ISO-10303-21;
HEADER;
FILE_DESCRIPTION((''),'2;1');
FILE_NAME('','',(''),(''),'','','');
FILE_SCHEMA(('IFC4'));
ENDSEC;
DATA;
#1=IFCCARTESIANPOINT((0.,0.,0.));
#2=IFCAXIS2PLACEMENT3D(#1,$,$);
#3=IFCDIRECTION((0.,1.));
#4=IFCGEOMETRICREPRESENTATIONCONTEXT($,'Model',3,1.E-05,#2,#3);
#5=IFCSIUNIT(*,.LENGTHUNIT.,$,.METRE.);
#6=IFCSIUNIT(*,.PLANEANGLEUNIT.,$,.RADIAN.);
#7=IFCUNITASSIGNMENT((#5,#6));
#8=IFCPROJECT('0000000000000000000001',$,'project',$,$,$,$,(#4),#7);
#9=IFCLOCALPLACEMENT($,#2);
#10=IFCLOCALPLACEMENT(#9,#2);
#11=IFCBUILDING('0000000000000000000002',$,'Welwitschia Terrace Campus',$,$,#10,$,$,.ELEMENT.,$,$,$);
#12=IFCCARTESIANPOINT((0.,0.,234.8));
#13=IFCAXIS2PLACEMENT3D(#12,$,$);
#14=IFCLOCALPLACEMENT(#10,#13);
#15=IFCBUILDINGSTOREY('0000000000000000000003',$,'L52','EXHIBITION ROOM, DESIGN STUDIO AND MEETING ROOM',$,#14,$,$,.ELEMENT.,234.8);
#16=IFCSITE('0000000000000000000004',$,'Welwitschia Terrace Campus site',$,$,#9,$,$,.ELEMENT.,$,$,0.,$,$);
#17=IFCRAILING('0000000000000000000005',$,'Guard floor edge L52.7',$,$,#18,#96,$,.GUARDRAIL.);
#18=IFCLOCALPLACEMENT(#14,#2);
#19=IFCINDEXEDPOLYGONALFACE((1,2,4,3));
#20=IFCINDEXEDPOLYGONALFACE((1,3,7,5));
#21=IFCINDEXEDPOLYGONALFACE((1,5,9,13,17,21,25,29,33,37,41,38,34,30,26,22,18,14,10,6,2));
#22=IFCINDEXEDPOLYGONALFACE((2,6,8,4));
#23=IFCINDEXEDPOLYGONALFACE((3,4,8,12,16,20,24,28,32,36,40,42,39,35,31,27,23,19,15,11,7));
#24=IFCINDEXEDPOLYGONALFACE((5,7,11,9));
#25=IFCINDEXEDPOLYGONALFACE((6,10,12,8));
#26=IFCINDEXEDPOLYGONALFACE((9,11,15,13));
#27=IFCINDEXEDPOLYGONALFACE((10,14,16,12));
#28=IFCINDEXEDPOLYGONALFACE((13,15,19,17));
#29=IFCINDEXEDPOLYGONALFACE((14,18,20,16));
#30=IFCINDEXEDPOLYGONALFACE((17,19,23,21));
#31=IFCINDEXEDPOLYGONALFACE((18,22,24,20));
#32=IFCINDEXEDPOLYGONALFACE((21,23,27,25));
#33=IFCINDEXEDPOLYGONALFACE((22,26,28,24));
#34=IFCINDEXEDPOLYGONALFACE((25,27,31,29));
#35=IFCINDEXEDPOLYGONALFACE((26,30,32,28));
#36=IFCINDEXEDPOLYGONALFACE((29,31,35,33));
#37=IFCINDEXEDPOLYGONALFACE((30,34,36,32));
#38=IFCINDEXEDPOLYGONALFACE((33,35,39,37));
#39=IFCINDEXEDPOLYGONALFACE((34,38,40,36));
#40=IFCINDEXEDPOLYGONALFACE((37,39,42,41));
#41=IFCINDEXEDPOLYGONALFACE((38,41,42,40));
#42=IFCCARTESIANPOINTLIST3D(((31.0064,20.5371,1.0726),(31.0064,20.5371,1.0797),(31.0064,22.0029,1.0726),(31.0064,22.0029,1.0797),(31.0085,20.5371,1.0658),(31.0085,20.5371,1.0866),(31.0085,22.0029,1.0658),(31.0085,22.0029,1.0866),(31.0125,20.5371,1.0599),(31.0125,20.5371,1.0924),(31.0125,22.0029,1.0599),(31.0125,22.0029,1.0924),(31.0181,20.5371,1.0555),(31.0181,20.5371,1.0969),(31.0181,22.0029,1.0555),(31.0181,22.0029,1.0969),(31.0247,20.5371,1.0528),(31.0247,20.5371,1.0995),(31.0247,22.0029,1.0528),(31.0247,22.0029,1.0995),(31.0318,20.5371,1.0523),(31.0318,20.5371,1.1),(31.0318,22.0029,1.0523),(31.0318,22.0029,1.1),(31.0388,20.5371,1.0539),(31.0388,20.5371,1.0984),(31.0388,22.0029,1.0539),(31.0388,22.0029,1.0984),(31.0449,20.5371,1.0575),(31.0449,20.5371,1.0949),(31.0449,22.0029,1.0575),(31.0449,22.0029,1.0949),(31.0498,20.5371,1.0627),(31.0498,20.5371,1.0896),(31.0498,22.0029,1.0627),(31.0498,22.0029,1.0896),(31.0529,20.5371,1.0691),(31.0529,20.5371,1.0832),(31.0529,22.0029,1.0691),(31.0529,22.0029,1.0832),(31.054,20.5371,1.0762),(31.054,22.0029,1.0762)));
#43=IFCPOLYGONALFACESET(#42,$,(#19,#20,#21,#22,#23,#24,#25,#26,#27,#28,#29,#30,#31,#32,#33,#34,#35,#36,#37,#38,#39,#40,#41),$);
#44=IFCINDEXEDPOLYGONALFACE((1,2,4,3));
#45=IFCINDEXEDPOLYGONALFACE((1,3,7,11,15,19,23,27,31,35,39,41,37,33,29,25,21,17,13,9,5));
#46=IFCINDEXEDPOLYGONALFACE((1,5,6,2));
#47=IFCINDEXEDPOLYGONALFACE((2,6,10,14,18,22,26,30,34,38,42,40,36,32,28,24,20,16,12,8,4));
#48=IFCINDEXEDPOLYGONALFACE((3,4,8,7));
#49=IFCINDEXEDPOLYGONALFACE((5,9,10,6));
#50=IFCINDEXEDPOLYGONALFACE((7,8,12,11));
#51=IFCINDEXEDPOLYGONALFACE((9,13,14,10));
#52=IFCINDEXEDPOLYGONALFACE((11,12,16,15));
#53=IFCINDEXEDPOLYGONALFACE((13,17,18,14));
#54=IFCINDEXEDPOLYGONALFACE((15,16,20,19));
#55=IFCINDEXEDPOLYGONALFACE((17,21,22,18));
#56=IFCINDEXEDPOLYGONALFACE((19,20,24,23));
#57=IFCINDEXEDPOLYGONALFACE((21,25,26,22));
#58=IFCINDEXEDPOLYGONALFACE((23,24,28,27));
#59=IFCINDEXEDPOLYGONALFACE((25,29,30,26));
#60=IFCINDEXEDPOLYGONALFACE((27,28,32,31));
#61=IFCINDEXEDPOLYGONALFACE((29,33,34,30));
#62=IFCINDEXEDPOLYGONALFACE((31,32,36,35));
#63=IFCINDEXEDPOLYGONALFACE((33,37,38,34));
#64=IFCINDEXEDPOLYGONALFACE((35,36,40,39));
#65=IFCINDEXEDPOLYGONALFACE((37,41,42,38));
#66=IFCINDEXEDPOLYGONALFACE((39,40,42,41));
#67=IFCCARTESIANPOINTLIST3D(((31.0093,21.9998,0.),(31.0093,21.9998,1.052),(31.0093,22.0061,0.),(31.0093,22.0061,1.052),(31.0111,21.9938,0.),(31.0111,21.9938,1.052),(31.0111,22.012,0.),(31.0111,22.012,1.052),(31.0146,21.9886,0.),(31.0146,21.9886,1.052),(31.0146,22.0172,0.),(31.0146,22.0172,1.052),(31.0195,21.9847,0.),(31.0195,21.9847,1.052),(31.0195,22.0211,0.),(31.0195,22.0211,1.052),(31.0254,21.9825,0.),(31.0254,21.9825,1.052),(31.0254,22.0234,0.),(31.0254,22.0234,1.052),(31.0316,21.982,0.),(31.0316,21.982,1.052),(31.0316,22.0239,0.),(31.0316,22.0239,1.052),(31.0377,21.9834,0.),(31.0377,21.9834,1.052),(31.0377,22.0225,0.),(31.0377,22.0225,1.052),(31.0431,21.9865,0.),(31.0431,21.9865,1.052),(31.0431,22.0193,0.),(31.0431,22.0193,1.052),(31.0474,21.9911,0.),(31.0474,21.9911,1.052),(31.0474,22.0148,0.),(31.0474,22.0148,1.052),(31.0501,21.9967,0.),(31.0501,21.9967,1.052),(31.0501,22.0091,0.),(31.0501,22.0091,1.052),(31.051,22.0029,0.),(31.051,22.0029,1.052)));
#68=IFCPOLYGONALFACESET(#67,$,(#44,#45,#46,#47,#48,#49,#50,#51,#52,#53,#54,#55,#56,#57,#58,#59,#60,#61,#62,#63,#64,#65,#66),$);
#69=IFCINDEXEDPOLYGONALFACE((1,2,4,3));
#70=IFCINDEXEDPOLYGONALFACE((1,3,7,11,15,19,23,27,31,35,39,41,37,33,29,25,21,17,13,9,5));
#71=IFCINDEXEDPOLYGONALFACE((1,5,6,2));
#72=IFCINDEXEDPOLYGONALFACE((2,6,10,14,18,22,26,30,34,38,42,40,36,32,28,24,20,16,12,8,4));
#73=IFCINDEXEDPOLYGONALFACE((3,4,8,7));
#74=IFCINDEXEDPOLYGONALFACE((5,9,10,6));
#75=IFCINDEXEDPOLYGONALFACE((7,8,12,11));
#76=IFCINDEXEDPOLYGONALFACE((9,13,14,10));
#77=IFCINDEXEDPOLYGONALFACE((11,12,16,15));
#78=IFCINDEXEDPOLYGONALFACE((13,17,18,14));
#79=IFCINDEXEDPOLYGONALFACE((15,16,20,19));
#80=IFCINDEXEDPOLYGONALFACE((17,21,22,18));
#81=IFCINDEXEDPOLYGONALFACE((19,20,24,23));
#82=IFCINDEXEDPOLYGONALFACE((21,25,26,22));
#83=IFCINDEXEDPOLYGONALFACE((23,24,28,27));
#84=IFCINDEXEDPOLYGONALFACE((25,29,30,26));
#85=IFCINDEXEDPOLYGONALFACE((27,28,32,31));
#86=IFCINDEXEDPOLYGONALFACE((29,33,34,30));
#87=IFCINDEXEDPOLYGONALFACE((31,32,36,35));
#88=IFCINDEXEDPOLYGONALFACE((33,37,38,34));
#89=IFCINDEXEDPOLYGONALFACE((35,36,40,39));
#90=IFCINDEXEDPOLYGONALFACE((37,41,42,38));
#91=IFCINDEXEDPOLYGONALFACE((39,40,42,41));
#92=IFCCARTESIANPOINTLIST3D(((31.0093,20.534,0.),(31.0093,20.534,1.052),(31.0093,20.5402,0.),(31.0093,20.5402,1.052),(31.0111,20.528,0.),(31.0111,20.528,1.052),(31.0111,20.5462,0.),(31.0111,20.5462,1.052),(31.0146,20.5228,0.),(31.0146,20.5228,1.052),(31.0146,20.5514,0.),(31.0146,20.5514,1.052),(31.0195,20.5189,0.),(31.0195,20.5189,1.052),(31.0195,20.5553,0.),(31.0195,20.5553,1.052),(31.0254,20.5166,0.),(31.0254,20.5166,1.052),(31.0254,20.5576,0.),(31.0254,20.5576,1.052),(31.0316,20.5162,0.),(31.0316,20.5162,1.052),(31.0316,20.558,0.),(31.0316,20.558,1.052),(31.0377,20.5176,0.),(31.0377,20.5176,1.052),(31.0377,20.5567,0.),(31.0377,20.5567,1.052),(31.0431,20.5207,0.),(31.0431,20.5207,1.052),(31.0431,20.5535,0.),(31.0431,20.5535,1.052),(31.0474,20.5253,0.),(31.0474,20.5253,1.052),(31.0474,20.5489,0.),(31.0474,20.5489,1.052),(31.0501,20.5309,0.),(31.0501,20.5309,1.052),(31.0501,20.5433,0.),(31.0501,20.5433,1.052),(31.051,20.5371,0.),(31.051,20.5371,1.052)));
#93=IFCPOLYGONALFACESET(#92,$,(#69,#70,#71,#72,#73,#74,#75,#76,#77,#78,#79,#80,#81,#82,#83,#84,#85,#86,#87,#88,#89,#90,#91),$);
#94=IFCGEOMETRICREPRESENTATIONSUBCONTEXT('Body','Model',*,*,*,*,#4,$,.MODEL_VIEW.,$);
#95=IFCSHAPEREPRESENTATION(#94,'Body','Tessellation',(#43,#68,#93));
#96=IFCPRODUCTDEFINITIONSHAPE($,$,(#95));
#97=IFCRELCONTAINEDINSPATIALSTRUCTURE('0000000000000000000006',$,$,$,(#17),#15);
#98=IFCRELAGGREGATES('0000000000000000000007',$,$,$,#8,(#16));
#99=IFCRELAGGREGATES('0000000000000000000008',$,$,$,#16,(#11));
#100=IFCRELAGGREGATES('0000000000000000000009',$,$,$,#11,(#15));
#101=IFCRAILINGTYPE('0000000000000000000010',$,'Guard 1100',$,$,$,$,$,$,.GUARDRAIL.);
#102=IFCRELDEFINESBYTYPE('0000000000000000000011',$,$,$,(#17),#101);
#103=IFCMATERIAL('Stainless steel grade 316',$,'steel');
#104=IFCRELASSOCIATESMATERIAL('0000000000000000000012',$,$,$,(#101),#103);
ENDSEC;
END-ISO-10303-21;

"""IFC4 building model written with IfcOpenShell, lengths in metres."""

from ifc_helpers import new_model, si_unit, direction, frame, origin, origin_2d, place, context, subcontext, project, spatial, circle, extrude, material, type_object, element, save


model = new_model("IFC4")

# Units and contexts
model_context = context("Model", 3, precision=1e-05, world=origin(), true_north=direction((0.0, 1.0)))
body_context = subcontext(model_context, "Body", "Model", "MODEL_VIEW")
ifc_project = project(units=[si_unit("LENGTHUNIT", "METRE"), si_unit("PLANEANGLEUNIT", "RADIAN")], contexts=[model_context])

# Site, building, storey
site_placement = place(None, origin())
site = spatial("IfcSite", under=ifc_project, at=site_placement, Name="Welwitschia Terrace Campus site", CompositionType="ELEMENT", RefElevation=0.0)
building_placement = place(site_placement, origin())
building = spatial("IfcBuilding", under=site, at=building_placement, Name="Welwitschia Terrace Campus", CompositionType="ELEMENT")
storey_placement = place(building_placement, frame((0.0, 0.0, 234.8)))
storey = spatial("IfcBuildingStorey", under=building, at=storey_placement, Name="L52", Description="EXHIBITION ROOM, DESIGN STUDIO AND MEETING ROOM", CompositionType="ELEMENT", Elevation=234.8)

# Railing
ifc_material_1 = material(Name="Stainless steel grade 316", Category="steel")
railing_type = type_object("IfcRailingType", Name="Guard 1100", PredefinedType="GUARDRAIL", material=ifc_material_1)
railing_1_placement = place(storey_placement, frame((31.03, 22.0029, 0.0)))
element("IfcRailing", 1, at=railing_1_placement, inside=storey, type_object=railing_type, Name="Guard floor edge L52.7", PredefinedType="GUARDRAIL", context=body_context, shape_type="SweptSolid", body=[
    extrude(circle(Radius=0.0239, at=origin_2d()), frame((0.0, 0.0, 1.0762), z_axis=(0.0, -1.0, 0.0), x_axis=(1.0, 0.0, 0.0)), (0.0, 0.0, 1.0), 1.4658),
    extrude(circle(Radius=0.021, at=origin_2d()), origin(), (0.0, 0.0, 1.0), 1.052),
    extrude(circle(Radius=0.021, at=origin_2d()), frame((0.0, -1.4658, 0.0)), (0.0, 0.0, 1.0), 1.052),
])

save(model, "model.ifc")
